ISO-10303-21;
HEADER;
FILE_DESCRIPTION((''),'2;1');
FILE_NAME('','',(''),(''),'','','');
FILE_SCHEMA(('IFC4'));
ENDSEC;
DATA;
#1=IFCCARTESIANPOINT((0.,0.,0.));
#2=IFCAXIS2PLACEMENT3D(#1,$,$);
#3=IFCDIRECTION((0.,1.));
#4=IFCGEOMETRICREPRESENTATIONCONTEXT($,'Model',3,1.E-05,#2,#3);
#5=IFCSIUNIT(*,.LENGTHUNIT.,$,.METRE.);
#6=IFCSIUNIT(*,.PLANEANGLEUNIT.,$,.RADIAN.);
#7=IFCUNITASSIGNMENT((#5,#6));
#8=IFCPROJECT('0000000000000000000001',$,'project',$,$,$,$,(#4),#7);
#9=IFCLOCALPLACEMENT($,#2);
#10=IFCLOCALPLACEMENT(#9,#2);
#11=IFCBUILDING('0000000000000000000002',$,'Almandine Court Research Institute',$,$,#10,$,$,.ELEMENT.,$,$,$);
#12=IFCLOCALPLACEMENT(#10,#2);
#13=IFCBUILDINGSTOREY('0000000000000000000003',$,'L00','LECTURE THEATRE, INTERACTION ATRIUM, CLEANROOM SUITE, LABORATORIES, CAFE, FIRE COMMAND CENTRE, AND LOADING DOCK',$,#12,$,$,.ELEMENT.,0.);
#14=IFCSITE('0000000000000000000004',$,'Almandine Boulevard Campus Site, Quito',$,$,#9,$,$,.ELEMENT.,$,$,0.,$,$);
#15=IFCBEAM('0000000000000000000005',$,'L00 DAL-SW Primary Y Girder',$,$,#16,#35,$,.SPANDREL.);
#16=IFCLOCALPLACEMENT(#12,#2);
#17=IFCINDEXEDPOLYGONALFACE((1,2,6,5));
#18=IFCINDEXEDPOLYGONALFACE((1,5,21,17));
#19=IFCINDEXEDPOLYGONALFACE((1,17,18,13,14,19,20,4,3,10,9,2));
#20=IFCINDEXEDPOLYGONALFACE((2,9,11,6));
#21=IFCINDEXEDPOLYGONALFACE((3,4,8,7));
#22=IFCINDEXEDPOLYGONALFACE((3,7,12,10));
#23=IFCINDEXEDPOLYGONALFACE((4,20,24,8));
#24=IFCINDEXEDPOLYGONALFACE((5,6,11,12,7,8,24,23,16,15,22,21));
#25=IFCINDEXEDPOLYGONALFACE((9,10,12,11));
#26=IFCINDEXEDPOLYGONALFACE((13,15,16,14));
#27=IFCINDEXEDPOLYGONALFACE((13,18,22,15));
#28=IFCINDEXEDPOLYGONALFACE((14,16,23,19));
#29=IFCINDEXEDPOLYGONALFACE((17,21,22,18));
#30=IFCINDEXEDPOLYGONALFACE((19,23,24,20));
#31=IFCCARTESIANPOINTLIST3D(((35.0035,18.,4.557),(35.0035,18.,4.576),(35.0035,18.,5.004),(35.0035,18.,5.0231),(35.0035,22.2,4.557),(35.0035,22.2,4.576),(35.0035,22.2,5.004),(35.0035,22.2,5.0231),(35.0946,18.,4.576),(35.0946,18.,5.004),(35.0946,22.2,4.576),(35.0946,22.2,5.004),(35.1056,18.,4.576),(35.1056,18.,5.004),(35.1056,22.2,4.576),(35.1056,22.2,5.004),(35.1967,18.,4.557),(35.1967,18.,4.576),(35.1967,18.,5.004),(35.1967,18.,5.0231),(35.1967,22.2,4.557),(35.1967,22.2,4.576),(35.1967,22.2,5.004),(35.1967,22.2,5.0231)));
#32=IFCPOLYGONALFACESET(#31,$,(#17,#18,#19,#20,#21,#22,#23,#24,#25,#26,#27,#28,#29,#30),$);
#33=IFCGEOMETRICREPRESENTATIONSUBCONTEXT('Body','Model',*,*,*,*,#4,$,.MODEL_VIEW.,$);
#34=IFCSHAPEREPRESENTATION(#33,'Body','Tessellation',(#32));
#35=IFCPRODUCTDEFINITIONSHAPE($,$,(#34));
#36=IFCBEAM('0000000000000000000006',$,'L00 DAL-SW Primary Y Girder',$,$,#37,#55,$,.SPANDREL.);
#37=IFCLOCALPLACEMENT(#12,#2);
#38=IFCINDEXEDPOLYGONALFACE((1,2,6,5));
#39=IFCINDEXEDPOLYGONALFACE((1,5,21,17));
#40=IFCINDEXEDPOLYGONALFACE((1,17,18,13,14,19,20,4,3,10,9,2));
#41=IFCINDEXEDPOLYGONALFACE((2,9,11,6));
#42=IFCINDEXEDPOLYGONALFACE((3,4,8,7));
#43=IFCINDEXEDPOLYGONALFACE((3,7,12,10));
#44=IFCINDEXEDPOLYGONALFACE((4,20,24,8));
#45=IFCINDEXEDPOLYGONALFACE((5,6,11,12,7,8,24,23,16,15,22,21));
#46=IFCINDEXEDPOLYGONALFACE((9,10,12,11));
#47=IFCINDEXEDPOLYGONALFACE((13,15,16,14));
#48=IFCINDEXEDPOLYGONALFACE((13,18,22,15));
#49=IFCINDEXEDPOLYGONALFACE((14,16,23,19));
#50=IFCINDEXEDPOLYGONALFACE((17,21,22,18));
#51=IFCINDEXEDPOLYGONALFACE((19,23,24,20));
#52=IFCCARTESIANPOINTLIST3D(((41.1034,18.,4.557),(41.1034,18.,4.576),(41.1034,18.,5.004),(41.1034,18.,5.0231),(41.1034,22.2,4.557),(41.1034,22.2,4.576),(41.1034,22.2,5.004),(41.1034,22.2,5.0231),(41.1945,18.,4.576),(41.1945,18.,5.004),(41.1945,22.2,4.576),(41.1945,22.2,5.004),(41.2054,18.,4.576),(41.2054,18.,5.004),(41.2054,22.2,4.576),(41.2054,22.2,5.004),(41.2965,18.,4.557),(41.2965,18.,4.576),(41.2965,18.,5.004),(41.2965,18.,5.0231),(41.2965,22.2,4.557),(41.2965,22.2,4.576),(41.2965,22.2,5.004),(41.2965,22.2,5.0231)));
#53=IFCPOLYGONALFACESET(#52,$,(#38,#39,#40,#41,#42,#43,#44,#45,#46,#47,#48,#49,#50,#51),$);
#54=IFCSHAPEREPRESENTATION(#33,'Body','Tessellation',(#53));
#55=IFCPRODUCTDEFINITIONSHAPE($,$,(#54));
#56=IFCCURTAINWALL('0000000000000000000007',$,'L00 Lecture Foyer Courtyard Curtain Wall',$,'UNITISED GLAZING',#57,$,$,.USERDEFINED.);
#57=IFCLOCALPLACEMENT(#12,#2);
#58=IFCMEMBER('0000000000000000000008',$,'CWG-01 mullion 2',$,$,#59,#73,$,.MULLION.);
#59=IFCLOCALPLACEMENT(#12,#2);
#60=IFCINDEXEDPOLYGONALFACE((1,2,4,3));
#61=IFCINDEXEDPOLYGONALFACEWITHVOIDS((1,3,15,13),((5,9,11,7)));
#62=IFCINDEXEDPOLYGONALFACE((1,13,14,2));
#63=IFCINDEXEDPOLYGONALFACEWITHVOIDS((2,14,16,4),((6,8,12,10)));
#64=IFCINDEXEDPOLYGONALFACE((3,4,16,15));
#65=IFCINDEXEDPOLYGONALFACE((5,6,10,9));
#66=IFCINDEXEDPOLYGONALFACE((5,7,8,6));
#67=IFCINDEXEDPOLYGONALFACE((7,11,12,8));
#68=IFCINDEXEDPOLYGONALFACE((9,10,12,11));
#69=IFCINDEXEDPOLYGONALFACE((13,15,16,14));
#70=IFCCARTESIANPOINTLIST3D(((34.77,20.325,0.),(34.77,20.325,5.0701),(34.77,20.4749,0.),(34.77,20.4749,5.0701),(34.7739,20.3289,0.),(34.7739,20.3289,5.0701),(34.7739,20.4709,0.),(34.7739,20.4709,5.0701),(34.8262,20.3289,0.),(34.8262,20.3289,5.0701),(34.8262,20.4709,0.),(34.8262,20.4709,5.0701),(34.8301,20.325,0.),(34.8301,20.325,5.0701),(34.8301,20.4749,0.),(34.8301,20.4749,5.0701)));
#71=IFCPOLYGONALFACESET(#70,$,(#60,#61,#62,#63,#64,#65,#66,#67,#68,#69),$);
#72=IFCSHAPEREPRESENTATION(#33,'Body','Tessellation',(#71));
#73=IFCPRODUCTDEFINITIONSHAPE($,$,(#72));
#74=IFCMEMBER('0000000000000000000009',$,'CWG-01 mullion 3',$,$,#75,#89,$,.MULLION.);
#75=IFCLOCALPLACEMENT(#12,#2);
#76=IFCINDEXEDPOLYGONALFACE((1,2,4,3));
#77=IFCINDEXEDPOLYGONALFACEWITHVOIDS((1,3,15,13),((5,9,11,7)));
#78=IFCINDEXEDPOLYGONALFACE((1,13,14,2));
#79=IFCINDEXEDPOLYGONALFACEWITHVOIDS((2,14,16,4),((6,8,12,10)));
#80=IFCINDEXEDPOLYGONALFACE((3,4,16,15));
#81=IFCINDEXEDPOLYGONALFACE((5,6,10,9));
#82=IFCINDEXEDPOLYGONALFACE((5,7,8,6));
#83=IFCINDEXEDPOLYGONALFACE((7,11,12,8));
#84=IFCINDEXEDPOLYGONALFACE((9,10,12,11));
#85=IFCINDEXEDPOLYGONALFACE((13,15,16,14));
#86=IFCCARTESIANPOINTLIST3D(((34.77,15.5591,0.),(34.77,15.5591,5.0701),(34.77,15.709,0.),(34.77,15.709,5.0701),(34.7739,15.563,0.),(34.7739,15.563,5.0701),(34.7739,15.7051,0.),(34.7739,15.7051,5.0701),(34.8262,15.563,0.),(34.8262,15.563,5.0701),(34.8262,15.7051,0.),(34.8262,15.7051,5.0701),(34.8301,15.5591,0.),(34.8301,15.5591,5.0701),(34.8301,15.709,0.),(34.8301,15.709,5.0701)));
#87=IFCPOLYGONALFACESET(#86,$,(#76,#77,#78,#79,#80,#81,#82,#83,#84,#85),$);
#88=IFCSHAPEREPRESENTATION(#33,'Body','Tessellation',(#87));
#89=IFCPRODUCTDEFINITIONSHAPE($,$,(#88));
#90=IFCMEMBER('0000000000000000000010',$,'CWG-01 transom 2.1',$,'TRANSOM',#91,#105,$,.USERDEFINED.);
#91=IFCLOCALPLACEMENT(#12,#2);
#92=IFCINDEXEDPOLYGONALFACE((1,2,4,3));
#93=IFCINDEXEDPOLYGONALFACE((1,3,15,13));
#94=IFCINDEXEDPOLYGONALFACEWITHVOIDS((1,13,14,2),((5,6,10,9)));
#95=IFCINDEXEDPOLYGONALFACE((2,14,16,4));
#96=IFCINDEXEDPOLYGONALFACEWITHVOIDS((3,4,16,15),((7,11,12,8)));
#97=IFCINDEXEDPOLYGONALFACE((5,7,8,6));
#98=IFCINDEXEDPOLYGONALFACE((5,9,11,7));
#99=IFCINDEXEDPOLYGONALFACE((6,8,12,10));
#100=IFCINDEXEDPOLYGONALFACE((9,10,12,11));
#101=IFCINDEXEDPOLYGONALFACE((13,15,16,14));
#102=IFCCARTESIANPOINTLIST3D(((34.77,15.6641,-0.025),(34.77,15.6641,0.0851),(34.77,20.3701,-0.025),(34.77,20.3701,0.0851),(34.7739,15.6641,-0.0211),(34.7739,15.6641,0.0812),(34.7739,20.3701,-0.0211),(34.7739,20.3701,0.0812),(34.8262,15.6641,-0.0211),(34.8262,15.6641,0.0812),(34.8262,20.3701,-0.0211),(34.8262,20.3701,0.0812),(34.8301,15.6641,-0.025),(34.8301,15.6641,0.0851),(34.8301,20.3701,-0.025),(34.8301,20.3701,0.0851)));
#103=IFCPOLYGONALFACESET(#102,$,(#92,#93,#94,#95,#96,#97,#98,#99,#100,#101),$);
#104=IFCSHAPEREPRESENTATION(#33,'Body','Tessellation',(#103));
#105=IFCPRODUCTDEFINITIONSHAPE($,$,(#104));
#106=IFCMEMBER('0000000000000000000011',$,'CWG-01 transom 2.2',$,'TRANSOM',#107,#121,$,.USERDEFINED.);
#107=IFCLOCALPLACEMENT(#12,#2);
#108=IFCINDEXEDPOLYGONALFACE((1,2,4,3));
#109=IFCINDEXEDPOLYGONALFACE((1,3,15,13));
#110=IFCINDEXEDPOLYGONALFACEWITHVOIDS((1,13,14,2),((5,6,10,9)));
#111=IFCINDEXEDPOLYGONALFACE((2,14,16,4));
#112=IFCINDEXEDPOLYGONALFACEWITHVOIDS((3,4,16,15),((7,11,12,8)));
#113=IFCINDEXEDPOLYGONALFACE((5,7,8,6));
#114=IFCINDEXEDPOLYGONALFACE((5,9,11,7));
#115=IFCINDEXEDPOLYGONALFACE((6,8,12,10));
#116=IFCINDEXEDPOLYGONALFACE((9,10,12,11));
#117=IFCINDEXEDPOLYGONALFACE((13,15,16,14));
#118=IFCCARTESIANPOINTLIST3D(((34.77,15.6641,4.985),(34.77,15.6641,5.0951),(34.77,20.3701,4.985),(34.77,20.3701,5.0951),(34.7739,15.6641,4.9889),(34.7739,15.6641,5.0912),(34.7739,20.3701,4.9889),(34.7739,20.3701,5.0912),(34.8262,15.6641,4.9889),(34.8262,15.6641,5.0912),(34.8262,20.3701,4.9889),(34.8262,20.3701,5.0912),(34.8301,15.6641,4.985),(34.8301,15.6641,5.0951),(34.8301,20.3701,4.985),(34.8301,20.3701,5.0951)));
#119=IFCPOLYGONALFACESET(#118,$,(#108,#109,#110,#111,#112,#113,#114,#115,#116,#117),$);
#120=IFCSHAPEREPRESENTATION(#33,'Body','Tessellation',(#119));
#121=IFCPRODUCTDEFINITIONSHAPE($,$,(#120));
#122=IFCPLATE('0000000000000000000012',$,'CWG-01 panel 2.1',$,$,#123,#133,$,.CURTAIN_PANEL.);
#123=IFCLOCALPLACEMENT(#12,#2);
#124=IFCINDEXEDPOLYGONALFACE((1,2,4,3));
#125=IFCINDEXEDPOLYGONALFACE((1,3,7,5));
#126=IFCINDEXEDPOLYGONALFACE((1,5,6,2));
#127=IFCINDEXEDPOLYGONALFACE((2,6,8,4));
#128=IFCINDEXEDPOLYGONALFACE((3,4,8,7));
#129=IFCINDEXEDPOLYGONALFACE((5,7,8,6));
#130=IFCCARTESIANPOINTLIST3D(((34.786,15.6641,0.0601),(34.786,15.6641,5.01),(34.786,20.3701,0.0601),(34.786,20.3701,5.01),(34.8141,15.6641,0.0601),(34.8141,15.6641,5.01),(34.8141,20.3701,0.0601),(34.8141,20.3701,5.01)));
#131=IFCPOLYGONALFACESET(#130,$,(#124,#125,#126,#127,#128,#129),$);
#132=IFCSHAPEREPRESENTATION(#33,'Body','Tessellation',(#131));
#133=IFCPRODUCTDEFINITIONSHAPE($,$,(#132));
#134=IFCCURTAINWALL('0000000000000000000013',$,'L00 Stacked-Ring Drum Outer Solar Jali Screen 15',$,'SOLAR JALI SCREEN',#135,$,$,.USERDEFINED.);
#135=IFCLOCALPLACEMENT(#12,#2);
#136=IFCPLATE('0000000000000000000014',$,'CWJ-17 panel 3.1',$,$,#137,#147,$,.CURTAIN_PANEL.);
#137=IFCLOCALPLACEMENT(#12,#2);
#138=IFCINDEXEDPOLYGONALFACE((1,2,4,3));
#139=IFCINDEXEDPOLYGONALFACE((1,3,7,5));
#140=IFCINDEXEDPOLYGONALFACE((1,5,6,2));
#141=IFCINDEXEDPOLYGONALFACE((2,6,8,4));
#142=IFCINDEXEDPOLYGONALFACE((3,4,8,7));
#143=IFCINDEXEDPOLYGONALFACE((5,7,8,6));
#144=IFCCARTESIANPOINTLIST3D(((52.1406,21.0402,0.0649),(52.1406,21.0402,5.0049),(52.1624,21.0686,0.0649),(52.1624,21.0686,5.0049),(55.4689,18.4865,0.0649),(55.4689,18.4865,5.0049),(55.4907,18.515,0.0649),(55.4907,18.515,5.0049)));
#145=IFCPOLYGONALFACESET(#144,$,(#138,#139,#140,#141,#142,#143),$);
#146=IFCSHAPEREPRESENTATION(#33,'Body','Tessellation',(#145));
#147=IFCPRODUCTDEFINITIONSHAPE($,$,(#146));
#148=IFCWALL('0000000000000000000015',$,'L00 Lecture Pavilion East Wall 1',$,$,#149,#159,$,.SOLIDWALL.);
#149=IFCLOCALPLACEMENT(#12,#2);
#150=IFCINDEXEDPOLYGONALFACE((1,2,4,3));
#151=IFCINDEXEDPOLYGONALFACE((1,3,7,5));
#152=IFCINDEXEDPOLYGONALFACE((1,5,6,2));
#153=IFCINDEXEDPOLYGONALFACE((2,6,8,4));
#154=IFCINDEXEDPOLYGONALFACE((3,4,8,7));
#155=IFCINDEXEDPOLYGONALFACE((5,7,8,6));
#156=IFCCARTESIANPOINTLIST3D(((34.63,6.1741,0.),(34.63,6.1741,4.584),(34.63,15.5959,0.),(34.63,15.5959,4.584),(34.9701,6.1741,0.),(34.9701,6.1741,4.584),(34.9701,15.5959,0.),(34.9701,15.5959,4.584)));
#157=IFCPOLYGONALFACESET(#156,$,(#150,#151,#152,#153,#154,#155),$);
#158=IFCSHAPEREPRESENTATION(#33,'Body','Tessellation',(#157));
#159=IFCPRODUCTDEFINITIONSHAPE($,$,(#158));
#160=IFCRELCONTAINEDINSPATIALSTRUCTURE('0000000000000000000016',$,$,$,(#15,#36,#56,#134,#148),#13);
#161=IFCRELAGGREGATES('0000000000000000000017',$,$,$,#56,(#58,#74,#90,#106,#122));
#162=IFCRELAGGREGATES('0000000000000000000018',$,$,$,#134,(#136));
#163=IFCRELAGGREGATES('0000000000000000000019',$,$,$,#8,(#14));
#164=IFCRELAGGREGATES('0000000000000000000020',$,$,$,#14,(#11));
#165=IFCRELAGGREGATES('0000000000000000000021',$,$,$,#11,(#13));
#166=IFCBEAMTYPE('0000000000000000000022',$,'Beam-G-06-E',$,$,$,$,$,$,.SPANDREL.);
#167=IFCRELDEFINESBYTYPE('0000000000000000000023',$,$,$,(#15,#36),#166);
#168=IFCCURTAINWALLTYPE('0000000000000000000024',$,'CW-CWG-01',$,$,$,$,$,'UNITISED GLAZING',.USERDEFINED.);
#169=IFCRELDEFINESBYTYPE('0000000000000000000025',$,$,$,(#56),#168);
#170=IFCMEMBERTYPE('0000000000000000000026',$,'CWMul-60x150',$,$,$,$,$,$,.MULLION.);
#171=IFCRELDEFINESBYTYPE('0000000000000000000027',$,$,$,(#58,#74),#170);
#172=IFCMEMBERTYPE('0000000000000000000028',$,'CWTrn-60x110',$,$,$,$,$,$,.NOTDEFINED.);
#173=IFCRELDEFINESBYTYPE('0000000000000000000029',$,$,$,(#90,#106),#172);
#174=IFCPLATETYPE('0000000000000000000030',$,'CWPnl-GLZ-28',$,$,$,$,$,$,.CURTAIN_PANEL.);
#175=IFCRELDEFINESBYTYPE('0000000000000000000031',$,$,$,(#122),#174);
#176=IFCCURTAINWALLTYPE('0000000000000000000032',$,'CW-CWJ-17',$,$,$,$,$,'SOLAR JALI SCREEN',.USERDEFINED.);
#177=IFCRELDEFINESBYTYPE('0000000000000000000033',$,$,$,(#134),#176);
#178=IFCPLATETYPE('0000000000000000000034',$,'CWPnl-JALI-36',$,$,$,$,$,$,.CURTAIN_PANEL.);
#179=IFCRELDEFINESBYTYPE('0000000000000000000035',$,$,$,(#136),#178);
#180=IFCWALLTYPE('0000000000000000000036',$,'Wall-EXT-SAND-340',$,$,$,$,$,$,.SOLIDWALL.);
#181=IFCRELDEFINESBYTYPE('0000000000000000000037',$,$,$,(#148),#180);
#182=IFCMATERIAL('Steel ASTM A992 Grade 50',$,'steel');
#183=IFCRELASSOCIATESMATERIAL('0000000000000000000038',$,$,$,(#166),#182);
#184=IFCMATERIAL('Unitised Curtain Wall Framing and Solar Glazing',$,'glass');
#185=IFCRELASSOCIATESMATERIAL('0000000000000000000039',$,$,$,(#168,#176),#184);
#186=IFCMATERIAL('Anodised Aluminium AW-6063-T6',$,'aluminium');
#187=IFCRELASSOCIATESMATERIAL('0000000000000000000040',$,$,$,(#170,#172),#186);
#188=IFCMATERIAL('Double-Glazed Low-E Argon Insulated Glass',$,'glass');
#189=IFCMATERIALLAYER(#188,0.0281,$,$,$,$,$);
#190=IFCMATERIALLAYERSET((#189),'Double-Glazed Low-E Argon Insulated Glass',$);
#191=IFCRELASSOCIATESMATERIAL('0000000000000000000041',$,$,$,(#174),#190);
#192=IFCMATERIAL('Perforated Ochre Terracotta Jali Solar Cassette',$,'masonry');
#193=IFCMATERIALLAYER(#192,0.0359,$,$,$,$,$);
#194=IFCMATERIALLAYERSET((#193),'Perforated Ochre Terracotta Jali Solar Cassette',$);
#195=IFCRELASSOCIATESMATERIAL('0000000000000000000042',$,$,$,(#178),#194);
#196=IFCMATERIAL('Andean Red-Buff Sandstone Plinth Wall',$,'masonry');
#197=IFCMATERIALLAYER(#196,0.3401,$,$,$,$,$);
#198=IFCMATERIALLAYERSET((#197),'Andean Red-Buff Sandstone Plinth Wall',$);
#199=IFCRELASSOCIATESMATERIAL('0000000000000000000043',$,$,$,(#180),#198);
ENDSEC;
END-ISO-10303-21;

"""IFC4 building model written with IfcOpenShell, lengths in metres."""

from ifc_helpers import new_model, si_unit, direction, frame, frame_2d, origin, origin_2d, place, context, subcontext, project, spatial, rectangle, hollow_rectangle, i_section, extrude, material, layer, layer_set, material_profile, profile_set, type_object, element, aggregate, save


model = new_model("IFC4")

# Units and contexts
model_context = context("Model", 3, precision=1e-05, world=origin(), true_north=direction((0.0, 1.0)))
body_context = subcontext(model_context, "Body", "Model", "MODEL_VIEW")
ifc_project = project(units=[si_unit("LENGTHUNIT", "METRE"), si_unit("PLANEANGLEUNIT", "RADIAN")], contexts=[model_context])

# Site, building, storey
site_placement = place(None, origin())
site = spatial("IfcSite", under=ifc_project, at=site_placement, Name="Almandine Boulevard Campus Site, Quito", CompositionType="ELEMENT", RefElevation=0.0)
building_placement = place(site_placement, origin())
building = spatial("IfcBuilding", under=site, at=building_placement, Name="Almandine Court Research Institute", CompositionType="ELEMENT")
storey_placement = place(building_placement, origin())
storey = spatial("IfcBuildingStorey", under=building, at=storey_placement, Name="L00", Description="LECTURE THEATRE, INTERACTION ATRIUM, CLEANROOM SUITE, LABORATORIES, CAFE, FIRE COMMAND CENTRE, AND LOADING DOCK", CompositionType="ELEMENT", Elevation=0.0)

# Shared definitions
ifc_material_1 = material(Name="Steel ASTM A992 Grade 50", Category="steel")

# Beams
ifc_material_profile_1 = material_profile(ifc_material_1, i_section(OverallWidth=0.1931, OverallDepth=0.4661, WebThickness=0.011, FlangeThickness=0.019, at=origin_2d()), Name="W460x97")
ifc_profile_set_1 = profile_set([ifc_material_profile_1], Name="Steel ASTM A992 Grade 50")
beam_type_1 = type_object("IfcBeamType", Name="Beam-G-06-E", PredefinedType="SPANDREL", material=ifc_profile_set_1)
for number, where, z_axis, x_axis, name in (
    (1, (35.1001, 18.0, 4.79), (0.0, 1.0, 0.0), (-1.0, 0.0, 0.0), "L00 DAL-SW Primary Y Girder"),
    (2, (41.2, 18.0, 4.79), (0.0, 1.0, 0.0), (-1.0, 0.0, 0.0), "L00 DAL-SW Primary Y Girder"),
):
    element("IfcBeam", number, at=place(storey_placement, frame(where, z_axis=z_axis, x_axis=x_axis)), inside=storey, type_object=beam_type_1, Name=name, PredefinedType="SPANDREL", context=body_context, shape_type="SweptSolid", body=[
        extrude(i_section(OverallWidth=0.1931, OverallDepth=0.4661, WebThickness=0.011, FlangeThickness=0.019, at=origin_2d()), origin(), (0.0, 0.0, 1.0), 4.2),
    ])

# Curtain wall, members, plate
ifc_material_2 = material(Name="Unitised Curtain Wall Framing and Solar Glazing", Category="glass")
curtain_wall_type_1 = type_object("IfcCurtainWallType", Name="CW-CWG-01", ElementType="UNITISED GLAZING", PredefinedType="USERDEFINED", material=ifc_material_2)
curtain_wall_1_placement = place(storey_placement, origin())
curtain_wall_1 = element("IfcCurtainWall", 3, at=curtain_wall_1_placement, inside=storey, type_object=curtain_wall_type_1, Name="L00 Lecture Foyer Courtyard Curtain Wall", ObjectType="UNITISED GLAZING", PredefinedType="USERDEFINED")
ifc_material_3 = material(Name="Anodised Aluminium AW-6063-T6", Category="aluminium")
ifc_material_profile_2 = material_profile(ifc_material_3, hollow_rectangle(XDim=0.0601, YDim=0.1499, WallThickness=0.0039, at=origin_2d()), Name="ALU RHS 60x150x4")
ifc_profile_set_2 = profile_set([ifc_material_profile_2], Name="Anodised Aluminium AW-6063-T6")
member_type_1 = type_object("IfcMemberType", Name="CWMul-60x150", PredefinedType="MULLION", material=ifc_profile_set_2)
member_1_placement = place(storey_placement, frame((34.8, 20.3999, 0.0), z_axis=(0.0, 0.0, 1.0), x_axis=(1.0, 0.0, 0.0)))
member_1 = element("IfcMember", 4, at=member_1_placement, type_object=member_type_1, Name="CWG-01 mullion 2", PredefinedType="MULLION", context=body_context, shape_type="SweptSolid", body=[
    extrude(hollow_rectangle(XDim=0.0601, YDim=0.1499, WallThickness=0.0039, at=origin_2d()), origin(), (0.0, 0.0, 1.0), 5.0701),
])
member_2_placement = place(storey_placement, frame((34.8, 15.634, 0.0), z_axis=(0.0, 0.0, 1.0), x_axis=(1.0, 0.0, 0.0)))
member_2 = element("IfcMember", 5, at=member_2_placement, type_object=member_type_1, Name="CWG-01 mullion 3", PredefinedType="MULLION", context=body_context, shape_type="SweptSolid", body=[
    extrude(hollow_rectangle(XDim=0.0601, YDim=0.1499, WallThickness=0.0039, at=origin_2d()), origin(), (0.0, 0.0, 1.0), 5.0701),
])
ifc_material_profile_3 = material_profile(ifc_material_3, hollow_rectangle(XDim=0.0601, YDim=0.1101, WallThickness=0.0039, at=origin_2d()), Name="ALU RHS 60x110x4")
ifc_profile_set_3 = profile_set([ifc_material_profile_3], Name="Anodised Aluminium AW-6063-T6")
member_type_2 = type_object("IfcMemberType", Name="CWTrn-60x110", PredefinedType="NOTDEFINED", material=ifc_profile_set_3)
member_3_placement = place(storey_placement, frame((34.8, 20.3701, 0.03), z_axis=(0.0, -1.0, 0.0), x_axis=(1.0, 0.0, 0.0)))
member_3 = element("IfcMember", 6, at=member_3_placement, type_object=member_type_2, Name="CWG-01 transom 2.1", ObjectType="TRANSOM", PredefinedType="USERDEFINED", context=body_context, shape_type="SweptSolid", body=[
    extrude(hollow_rectangle(XDim=0.0601, YDim=0.1101, WallThickness=0.0039, at=origin_2d()), origin(), (0.0, 0.0, 1.0), 4.7061),
])
member_4_placement = place(storey_placement, frame((34.8, 20.3701, 5.04), z_axis=(0.0, -1.0, 0.0), x_axis=(1.0, 0.0, 0.0)))
member_4 = element("IfcMember", 7, at=member_4_placement, type_object=member_type_2, Name="CWG-01 transom 2.2", ObjectType="TRANSOM", PredefinedType="USERDEFINED", context=body_context, shape_type="SweptSolid", body=[
    extrude(hollow_rectangle(XDim=0.0601, YDim=0.1101, WallThickness=0.0039, at=origin_2d()), origin(), (0.0, 0.0, 1.0), 4.7061),
])
ifc_material_4 = material(Name="Double-Glazed Low-E Argon Insulated Glass", Category="glass")
ifc_layer_1 = layer(ifc_material_4, 0.0281)
ifc_layer_set_1 = layer_set([ifc_layer_1], Name="Double-Glazed Low-E Argon Insulated Glass")
plate_type_1 = type_object("IfcPlateType", Name="CWPnl-GLZ-28", PredefinedType="CURTAIN_PANEL", material=ifc_layer_set_1)
plate_1_placement = place(storey_placement, frame((34.8, 18.0171, 0.0601), z_axis=(0.0, 0.0, 1.0), x_axis=(0.0, -1.0, 0.0)))
plate_1 = element("IfcPlate", 8, at=plate_1_placement, type_object=plate_type_1, Name="CWG-01 panel 2.1", PredefinedType="CURTAIN_PANEL", context=body_context, shape_type="SweptSolid", body=[
    extrude(rectangle(XDim=4.7061, YDim=0.0281, at=origin_2d()), origin(), (0.0, 0.0, 1.0), 4.95),
])
aggregate(curtain_wall_1, [member_1, member_2, member_3, member_4, plate_1])

# Curtain wall, plate
curtain_wall_type_2 = type_object("IfcCurtainWallType", Name="CW-CWJ-17", ElementType="SOLAR JALI SCREEN", PredefinedType="USERDEFINED", material=ifc_material_2)
curtain_wall_2_placement = place(storey_placement, origin())
curtain_wall_2 = element("IfcCurtainWall", 9, at=curtain_wall_2_placement, inside=storey, type_object=curtain_wall_type_2, Name="L00 Stacked-Ring Drum Outer Solar Jali Screen 15", ObjectType="SOLAR JALI SCREEN", PredefinedType="USERDEFINED")
ifc_material_5 = material(Name="Perforated Ochre Terracotta Jali Solar Cassette", Category="masonry")
ifc_layer_2 = layer(ifc_material_5, 0.0359)
ifc_layer_set_2 = layer_set([ifc_layer_2], Name="Perforated Ochre Terracotta Jali Solar Cassette")
plate_type_2 = type_object("IfcPlateType", Name="CWPnl-JALI-36", PredefinedType="CURTAIN_PANEL", material=ifc_layer_set_2)
plate_2_placement = place(storey_placement, frame((53.8157, 19.7776, 0.0649), z_axis=(0.0, 0.0, 1.0), x_axis=(-0.793383, 0.608723, 0.0)))
plate_2 = element("IfcPlate", 10, at=plate_2_placement, type_object=plate_type_2, Name="CWJ-17 panel 3.1", PredefinedType="CURTAIN_PANEL", context=body_context, shape_type="SweptSolid", body=[
    extrude(rectangle(XDim=4.1951, YDim=0.0359, at=origin_2d()), origin(), (0.0, 0.0, 1.0), 4.9399),
])
aggregate(curtain_wall_2, [plate_2])

# Wall
ifc_material_6 = material(Name="Andean Red-Buff Sandstone Plinth Wall", Category="masonry")
ifc_layer_3 = layer(ifc_material_6, 0.3401)
ifc_layer_set_3 = layer_set([ifc_layer_3], Name="Andean Red-Buff Sandstone Plinth Wall")
wall_type_1 = type_object("IfcWallType", Name="Wall-EXT-SAND-340", PredefinedType="SOLIDWALL", material=ifc_layer_set_3)
wall_1_placement = place(storey_placement, frame((34.8, 15.5959, 0.0), z_axis=(0.0, 0.0, 1.0), x_axis=(0.0, -1.0, 0.0)))
element("IfcWall", 11, at=wall_1_placement, inside=storey, type_object=wall_type_1, Name="L00 Lecture Pavilion East Wall 1", PredefinedType="SOLIDWALL", context=body_context, shape_type="SweptSolid", body=[
    extrude(rectangle(XDim=9.4219, YDim=0.3401, at=frame_2d((4.7109, 0.0))), origin(), (0.0, 0.0, 1.0), 4.584),
])

save(model, "model.ifc")
